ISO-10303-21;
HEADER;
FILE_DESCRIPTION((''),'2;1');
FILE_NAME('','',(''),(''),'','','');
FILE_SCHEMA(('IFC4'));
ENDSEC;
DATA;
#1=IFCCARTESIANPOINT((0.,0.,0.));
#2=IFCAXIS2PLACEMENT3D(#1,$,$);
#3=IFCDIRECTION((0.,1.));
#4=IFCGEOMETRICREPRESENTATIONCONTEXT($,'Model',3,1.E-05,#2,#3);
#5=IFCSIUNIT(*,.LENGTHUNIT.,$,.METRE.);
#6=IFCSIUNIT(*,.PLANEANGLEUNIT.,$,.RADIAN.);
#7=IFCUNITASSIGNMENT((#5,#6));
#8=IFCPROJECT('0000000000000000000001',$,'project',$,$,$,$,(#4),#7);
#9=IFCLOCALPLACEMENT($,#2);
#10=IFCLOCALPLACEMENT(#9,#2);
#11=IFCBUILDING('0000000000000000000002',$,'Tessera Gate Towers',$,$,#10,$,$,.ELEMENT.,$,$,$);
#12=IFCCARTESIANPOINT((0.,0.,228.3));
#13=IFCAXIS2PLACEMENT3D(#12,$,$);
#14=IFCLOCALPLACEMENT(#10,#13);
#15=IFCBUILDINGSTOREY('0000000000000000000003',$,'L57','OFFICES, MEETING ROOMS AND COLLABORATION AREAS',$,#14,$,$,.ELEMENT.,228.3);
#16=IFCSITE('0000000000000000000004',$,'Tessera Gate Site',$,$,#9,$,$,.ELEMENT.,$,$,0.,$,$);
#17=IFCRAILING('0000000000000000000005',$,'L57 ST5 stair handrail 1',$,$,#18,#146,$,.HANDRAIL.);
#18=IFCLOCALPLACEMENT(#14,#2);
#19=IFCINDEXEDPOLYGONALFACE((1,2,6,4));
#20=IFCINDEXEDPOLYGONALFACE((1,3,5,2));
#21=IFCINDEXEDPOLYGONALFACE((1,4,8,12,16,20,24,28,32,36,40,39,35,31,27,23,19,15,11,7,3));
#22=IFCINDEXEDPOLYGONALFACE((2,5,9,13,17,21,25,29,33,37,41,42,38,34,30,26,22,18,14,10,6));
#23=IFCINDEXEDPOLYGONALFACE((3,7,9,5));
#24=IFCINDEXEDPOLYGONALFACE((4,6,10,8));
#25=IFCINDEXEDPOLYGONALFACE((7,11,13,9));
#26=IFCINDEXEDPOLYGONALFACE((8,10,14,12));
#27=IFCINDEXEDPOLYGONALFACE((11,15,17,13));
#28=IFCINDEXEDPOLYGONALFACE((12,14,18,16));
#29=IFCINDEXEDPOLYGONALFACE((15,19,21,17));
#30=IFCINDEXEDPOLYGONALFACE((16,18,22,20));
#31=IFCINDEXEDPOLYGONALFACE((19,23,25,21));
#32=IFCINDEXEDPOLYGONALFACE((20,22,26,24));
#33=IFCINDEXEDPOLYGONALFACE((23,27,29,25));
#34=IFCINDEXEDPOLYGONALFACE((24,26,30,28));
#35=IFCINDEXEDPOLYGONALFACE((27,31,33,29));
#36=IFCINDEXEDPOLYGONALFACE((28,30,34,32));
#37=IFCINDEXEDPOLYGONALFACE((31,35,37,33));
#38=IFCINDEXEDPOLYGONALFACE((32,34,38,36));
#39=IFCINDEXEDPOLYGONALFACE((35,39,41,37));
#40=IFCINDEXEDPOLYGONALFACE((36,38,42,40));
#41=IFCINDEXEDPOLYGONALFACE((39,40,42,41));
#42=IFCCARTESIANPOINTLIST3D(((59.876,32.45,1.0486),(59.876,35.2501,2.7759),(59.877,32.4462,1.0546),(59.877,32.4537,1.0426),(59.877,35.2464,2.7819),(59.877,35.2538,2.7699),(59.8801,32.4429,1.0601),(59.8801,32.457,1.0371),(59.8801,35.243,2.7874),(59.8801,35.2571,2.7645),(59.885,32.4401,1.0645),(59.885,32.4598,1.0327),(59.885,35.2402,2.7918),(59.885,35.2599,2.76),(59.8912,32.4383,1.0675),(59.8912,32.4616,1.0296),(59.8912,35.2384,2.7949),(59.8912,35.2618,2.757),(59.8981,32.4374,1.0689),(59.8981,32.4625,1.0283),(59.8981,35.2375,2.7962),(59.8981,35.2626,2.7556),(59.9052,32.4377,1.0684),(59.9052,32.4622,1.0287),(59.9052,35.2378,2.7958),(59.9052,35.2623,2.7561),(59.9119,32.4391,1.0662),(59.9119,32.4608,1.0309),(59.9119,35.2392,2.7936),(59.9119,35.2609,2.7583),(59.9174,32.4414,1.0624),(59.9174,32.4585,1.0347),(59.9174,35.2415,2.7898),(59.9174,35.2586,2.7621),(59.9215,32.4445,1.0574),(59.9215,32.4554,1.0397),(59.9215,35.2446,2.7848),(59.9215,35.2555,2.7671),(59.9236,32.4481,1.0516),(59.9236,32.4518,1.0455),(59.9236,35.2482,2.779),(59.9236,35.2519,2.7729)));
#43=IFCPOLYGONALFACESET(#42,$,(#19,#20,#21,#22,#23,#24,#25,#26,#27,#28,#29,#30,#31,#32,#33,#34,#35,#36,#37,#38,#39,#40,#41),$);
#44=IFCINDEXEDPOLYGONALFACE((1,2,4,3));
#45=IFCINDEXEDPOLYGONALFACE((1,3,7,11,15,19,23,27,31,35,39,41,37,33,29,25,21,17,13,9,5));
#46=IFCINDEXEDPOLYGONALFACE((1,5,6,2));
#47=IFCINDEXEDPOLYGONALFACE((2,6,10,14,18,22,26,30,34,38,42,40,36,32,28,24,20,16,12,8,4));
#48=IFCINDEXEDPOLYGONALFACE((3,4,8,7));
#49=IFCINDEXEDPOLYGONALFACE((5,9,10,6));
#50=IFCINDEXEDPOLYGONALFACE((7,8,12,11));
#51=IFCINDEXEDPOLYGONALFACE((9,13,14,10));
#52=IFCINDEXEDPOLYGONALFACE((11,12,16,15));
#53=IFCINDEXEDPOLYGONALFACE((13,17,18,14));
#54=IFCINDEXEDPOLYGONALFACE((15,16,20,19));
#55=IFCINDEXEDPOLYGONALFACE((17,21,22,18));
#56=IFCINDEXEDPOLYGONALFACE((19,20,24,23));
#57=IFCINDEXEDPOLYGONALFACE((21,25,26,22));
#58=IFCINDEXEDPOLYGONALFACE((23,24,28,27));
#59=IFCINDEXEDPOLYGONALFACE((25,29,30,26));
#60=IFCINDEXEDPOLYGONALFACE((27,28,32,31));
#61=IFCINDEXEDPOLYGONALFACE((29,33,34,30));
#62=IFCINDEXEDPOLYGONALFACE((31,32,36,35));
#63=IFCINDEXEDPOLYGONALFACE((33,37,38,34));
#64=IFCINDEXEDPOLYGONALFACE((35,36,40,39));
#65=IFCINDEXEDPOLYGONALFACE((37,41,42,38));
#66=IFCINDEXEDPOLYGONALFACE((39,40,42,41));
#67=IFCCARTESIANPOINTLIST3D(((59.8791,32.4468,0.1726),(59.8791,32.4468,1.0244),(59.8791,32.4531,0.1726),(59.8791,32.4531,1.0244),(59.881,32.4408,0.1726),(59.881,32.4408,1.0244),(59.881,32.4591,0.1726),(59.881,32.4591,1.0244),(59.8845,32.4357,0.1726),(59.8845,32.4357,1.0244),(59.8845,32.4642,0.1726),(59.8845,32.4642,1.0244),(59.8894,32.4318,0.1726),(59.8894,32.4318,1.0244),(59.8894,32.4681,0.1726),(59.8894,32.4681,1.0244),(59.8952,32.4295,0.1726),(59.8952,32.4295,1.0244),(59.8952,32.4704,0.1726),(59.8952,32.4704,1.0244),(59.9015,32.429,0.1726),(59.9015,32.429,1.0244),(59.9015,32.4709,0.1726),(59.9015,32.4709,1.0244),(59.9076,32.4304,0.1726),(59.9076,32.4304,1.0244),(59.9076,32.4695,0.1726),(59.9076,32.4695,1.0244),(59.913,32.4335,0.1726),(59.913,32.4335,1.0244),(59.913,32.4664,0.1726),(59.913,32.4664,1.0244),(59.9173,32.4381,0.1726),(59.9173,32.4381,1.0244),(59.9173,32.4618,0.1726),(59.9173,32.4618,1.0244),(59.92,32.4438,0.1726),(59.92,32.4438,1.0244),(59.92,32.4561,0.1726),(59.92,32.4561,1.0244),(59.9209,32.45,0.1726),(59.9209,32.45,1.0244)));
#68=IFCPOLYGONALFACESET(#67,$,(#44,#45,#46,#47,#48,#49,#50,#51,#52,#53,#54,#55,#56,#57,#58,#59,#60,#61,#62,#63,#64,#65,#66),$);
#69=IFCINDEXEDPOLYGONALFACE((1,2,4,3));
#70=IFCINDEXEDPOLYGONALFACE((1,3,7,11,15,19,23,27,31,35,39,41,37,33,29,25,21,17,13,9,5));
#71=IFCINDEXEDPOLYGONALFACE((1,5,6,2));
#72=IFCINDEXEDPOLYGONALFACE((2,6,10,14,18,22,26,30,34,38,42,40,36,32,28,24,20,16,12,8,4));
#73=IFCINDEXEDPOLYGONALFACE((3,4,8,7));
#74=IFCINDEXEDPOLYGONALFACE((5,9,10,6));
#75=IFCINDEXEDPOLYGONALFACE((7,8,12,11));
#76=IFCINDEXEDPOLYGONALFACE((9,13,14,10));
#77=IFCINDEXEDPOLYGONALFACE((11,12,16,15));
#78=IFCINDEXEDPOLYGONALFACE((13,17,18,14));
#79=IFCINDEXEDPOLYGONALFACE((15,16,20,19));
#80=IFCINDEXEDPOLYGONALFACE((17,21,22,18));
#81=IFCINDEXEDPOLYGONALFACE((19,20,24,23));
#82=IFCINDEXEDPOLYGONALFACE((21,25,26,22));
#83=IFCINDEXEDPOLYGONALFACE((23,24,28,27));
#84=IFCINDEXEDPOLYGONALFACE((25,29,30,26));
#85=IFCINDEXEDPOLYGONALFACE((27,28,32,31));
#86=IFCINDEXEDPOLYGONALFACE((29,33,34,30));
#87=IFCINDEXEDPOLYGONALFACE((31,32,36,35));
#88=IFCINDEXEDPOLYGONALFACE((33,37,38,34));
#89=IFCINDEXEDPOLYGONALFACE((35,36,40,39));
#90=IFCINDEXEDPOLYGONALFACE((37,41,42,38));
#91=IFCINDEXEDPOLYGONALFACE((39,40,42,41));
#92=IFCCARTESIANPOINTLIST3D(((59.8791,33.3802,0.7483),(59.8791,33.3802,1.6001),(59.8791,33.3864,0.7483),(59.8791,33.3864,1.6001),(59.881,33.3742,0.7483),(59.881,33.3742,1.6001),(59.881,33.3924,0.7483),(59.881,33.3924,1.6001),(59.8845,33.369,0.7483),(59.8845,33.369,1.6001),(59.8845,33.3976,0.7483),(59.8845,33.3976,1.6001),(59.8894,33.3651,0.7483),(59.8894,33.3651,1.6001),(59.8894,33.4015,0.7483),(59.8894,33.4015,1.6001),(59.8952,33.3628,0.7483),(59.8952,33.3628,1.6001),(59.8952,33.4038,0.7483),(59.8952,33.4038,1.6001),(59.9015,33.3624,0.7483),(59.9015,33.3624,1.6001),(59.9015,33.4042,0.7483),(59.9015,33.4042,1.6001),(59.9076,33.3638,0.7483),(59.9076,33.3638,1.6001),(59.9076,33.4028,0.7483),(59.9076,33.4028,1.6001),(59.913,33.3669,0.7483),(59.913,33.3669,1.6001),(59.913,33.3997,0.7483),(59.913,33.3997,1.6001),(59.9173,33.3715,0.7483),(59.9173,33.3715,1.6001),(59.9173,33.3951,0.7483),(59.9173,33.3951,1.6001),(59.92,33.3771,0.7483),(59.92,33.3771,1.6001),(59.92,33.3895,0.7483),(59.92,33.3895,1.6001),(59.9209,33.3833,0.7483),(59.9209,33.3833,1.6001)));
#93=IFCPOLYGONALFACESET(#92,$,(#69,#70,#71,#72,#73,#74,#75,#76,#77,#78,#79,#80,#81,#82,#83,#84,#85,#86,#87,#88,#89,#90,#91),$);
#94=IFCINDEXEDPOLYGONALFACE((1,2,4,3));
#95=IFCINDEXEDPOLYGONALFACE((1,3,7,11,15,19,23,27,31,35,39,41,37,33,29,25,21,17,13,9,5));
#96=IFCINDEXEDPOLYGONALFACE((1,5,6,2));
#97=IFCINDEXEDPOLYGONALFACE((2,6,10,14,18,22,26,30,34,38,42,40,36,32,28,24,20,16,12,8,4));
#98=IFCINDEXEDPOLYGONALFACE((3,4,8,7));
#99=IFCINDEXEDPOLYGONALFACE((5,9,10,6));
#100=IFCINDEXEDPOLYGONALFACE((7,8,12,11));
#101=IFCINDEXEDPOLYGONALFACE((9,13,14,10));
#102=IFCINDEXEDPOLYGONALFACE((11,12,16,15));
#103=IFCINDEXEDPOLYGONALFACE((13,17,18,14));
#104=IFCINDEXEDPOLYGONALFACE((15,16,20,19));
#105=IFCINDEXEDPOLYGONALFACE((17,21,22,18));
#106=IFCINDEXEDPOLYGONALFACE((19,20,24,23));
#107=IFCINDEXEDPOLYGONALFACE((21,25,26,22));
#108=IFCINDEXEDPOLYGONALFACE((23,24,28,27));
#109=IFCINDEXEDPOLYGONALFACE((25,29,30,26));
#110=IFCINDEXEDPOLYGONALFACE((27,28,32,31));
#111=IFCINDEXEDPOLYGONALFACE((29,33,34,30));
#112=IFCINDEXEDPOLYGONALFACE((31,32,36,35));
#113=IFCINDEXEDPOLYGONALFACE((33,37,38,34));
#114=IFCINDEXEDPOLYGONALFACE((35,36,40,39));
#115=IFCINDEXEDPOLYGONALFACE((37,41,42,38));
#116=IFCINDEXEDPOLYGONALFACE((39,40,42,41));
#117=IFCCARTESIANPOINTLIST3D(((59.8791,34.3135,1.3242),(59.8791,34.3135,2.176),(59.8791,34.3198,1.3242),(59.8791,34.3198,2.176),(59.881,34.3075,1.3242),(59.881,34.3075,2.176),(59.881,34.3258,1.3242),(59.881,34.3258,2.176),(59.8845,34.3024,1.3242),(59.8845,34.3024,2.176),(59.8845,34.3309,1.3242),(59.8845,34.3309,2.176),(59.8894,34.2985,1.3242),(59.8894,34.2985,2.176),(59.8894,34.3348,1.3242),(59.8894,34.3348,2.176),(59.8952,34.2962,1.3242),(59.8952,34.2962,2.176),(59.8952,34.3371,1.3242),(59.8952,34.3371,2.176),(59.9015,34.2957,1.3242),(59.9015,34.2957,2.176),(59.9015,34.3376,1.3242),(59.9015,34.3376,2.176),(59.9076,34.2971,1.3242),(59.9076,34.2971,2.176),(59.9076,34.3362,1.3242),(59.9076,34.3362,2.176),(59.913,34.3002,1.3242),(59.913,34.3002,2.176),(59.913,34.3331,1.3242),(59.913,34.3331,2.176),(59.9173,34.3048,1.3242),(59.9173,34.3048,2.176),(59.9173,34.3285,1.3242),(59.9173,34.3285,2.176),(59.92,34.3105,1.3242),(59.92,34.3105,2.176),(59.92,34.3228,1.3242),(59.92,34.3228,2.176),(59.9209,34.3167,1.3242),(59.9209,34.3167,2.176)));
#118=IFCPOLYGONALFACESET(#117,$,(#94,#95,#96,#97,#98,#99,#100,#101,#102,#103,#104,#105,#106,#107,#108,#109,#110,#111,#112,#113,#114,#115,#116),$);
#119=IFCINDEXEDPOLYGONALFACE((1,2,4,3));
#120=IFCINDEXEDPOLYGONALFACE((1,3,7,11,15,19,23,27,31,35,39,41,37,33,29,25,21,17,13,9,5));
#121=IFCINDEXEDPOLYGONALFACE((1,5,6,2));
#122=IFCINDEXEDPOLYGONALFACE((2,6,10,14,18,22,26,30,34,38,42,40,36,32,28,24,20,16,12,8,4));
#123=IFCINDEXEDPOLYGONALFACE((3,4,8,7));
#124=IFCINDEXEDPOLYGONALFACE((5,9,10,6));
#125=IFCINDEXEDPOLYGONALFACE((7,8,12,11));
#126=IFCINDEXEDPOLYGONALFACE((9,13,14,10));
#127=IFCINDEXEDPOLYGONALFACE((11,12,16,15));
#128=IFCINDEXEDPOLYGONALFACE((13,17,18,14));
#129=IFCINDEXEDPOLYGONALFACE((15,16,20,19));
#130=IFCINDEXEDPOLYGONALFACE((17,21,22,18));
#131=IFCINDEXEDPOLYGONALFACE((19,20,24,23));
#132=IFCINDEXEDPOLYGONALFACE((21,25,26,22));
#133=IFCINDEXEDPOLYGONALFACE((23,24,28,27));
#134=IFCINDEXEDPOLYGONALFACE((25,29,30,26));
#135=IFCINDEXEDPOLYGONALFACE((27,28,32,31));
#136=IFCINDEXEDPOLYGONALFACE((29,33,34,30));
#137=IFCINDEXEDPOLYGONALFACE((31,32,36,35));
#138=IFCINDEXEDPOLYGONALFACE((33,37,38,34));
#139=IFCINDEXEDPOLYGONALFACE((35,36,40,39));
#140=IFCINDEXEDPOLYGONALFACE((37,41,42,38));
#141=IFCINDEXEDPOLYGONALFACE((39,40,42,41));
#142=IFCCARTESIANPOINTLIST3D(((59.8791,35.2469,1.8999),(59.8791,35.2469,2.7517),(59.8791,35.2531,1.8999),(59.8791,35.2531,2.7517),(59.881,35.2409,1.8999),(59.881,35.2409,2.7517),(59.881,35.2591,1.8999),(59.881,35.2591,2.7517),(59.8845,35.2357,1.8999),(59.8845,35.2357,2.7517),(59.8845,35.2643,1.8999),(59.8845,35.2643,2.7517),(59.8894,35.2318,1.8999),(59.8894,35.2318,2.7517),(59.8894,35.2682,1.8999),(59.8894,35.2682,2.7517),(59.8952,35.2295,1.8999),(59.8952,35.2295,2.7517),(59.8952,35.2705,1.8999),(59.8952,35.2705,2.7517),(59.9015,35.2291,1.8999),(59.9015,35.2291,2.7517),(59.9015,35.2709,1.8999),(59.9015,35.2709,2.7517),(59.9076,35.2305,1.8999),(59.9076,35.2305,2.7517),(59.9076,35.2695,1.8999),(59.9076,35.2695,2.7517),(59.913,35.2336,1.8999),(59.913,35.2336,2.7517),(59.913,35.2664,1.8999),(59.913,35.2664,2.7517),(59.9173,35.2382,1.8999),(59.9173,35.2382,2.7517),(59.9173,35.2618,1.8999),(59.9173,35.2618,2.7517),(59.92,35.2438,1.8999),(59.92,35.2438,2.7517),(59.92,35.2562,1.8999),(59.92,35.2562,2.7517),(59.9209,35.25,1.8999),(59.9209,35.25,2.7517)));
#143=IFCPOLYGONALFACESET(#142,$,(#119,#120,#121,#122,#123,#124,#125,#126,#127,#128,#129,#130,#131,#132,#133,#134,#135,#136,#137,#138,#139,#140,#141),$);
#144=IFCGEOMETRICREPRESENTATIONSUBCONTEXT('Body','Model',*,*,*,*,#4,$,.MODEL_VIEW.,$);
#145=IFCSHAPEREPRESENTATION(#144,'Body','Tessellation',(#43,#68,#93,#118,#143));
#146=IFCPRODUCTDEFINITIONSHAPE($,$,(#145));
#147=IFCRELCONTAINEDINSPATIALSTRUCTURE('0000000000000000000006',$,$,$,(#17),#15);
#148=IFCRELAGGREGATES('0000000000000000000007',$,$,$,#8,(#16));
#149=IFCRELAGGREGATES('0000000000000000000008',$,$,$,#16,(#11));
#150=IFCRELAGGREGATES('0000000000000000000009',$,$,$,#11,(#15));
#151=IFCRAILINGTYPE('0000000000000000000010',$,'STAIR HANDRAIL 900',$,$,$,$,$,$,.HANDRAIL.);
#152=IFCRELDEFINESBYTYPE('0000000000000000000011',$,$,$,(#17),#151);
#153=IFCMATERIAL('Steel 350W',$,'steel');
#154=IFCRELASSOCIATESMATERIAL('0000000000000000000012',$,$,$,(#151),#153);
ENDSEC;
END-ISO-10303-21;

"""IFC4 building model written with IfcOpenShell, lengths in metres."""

from ifc_helpers import new_model, si_unit, direction, frame, origin, origin_2d, place, context, subcontext, project, spatial, circle, extrude, material, type_object, element, save


model = new_model("IFC4")

# Units and contexts
model_context = context("Model", 3, precision=1e-05, world=origin(), true_north=direction((0.0, 1.0)))
body_context = subcontext(model_context, "Body", "Model", "MODEL_VIEW")
ifc_project = project(units=[si_unit("LENGTHUNIT", "METRE"), si_unit("PLANEANGLEUNIT", "RADIAN")], contexts=[model_context])

# Site, building, storey
site_placement = place(None, origin())
site = spatial("IfcSite", under=ifc_project, at=site_placement, Name="Tessera Gate Site", CompositionType="ELEMENT", RefElevation=0.0)
building_placement = place(site_placement, origin())
building = spatial("IfcBuilding", under=site, at=building_placement, Name="Tessera Gate Towers", CompositionType="ELEMENT")
storey_placement = place(building_placement, frame((0.0, 0.0, 228.3)))
storey = spatial("IfcBuildingStorey", under=building, at=storey_placement, Name="L57", Description="OFFICES, MEETING ROOMS AND COLLABORATION AREAS", CompositionType="ELEMENT", Elevation=228.3)

# Railing
ifc_material_1 = material(Name="Steel 350W", Category="steel")
railing_type_1 = type_object("IfcRailingType", Name="STAIR HANDRAIL 900", PredefinedType="HANDRAIL", material=ifc_material_1)
railing_1_placement = place(storey_placement, frame((59.8999, 32.45, 0.1726)))
element("IfcRailing", 1, at=railing_1_placement, inside=storey, type_object=railing_type_1, Name="L57 ST5 stair handrail 1", PredefinedType="HANDRAIL", context=body_context, shape_type="SweptSolid", body=[
    extrude(circle(Radius=0.0239, at=origin_2d()), frame((0.0, 0.0, 0.876), z_axis=(0.0, 0.85109, 0.52502), x_axis=(-1.0, 0.0, 0.0)), (0.0, 0.0, 1.0), 3.29),
    extrude(circle(Radius=0.021, at=origin_2d()), origin(), (0.0, 0.0, 1.0), 0.8518),
    extrude(circle(Radius=0.021, at=origin_2d()), frame((0.0, 0.9333, 0.5757)), (0.0, 0.0, 1.0), 0.8518),
    extrude(circle(Radius=0.021, at=origin_2d()), frame((0.0, 1.8667, 1.1516)), (0.0, 0.0, 1.0), 0.8518),
    extrude(circle(Radius=0.021, at=origin_2d()), frame((0.0, 2.8, 1.7273)), (0.0, 0.0, 1.0), 0.8518),
])

save(model, "model.ifc")
